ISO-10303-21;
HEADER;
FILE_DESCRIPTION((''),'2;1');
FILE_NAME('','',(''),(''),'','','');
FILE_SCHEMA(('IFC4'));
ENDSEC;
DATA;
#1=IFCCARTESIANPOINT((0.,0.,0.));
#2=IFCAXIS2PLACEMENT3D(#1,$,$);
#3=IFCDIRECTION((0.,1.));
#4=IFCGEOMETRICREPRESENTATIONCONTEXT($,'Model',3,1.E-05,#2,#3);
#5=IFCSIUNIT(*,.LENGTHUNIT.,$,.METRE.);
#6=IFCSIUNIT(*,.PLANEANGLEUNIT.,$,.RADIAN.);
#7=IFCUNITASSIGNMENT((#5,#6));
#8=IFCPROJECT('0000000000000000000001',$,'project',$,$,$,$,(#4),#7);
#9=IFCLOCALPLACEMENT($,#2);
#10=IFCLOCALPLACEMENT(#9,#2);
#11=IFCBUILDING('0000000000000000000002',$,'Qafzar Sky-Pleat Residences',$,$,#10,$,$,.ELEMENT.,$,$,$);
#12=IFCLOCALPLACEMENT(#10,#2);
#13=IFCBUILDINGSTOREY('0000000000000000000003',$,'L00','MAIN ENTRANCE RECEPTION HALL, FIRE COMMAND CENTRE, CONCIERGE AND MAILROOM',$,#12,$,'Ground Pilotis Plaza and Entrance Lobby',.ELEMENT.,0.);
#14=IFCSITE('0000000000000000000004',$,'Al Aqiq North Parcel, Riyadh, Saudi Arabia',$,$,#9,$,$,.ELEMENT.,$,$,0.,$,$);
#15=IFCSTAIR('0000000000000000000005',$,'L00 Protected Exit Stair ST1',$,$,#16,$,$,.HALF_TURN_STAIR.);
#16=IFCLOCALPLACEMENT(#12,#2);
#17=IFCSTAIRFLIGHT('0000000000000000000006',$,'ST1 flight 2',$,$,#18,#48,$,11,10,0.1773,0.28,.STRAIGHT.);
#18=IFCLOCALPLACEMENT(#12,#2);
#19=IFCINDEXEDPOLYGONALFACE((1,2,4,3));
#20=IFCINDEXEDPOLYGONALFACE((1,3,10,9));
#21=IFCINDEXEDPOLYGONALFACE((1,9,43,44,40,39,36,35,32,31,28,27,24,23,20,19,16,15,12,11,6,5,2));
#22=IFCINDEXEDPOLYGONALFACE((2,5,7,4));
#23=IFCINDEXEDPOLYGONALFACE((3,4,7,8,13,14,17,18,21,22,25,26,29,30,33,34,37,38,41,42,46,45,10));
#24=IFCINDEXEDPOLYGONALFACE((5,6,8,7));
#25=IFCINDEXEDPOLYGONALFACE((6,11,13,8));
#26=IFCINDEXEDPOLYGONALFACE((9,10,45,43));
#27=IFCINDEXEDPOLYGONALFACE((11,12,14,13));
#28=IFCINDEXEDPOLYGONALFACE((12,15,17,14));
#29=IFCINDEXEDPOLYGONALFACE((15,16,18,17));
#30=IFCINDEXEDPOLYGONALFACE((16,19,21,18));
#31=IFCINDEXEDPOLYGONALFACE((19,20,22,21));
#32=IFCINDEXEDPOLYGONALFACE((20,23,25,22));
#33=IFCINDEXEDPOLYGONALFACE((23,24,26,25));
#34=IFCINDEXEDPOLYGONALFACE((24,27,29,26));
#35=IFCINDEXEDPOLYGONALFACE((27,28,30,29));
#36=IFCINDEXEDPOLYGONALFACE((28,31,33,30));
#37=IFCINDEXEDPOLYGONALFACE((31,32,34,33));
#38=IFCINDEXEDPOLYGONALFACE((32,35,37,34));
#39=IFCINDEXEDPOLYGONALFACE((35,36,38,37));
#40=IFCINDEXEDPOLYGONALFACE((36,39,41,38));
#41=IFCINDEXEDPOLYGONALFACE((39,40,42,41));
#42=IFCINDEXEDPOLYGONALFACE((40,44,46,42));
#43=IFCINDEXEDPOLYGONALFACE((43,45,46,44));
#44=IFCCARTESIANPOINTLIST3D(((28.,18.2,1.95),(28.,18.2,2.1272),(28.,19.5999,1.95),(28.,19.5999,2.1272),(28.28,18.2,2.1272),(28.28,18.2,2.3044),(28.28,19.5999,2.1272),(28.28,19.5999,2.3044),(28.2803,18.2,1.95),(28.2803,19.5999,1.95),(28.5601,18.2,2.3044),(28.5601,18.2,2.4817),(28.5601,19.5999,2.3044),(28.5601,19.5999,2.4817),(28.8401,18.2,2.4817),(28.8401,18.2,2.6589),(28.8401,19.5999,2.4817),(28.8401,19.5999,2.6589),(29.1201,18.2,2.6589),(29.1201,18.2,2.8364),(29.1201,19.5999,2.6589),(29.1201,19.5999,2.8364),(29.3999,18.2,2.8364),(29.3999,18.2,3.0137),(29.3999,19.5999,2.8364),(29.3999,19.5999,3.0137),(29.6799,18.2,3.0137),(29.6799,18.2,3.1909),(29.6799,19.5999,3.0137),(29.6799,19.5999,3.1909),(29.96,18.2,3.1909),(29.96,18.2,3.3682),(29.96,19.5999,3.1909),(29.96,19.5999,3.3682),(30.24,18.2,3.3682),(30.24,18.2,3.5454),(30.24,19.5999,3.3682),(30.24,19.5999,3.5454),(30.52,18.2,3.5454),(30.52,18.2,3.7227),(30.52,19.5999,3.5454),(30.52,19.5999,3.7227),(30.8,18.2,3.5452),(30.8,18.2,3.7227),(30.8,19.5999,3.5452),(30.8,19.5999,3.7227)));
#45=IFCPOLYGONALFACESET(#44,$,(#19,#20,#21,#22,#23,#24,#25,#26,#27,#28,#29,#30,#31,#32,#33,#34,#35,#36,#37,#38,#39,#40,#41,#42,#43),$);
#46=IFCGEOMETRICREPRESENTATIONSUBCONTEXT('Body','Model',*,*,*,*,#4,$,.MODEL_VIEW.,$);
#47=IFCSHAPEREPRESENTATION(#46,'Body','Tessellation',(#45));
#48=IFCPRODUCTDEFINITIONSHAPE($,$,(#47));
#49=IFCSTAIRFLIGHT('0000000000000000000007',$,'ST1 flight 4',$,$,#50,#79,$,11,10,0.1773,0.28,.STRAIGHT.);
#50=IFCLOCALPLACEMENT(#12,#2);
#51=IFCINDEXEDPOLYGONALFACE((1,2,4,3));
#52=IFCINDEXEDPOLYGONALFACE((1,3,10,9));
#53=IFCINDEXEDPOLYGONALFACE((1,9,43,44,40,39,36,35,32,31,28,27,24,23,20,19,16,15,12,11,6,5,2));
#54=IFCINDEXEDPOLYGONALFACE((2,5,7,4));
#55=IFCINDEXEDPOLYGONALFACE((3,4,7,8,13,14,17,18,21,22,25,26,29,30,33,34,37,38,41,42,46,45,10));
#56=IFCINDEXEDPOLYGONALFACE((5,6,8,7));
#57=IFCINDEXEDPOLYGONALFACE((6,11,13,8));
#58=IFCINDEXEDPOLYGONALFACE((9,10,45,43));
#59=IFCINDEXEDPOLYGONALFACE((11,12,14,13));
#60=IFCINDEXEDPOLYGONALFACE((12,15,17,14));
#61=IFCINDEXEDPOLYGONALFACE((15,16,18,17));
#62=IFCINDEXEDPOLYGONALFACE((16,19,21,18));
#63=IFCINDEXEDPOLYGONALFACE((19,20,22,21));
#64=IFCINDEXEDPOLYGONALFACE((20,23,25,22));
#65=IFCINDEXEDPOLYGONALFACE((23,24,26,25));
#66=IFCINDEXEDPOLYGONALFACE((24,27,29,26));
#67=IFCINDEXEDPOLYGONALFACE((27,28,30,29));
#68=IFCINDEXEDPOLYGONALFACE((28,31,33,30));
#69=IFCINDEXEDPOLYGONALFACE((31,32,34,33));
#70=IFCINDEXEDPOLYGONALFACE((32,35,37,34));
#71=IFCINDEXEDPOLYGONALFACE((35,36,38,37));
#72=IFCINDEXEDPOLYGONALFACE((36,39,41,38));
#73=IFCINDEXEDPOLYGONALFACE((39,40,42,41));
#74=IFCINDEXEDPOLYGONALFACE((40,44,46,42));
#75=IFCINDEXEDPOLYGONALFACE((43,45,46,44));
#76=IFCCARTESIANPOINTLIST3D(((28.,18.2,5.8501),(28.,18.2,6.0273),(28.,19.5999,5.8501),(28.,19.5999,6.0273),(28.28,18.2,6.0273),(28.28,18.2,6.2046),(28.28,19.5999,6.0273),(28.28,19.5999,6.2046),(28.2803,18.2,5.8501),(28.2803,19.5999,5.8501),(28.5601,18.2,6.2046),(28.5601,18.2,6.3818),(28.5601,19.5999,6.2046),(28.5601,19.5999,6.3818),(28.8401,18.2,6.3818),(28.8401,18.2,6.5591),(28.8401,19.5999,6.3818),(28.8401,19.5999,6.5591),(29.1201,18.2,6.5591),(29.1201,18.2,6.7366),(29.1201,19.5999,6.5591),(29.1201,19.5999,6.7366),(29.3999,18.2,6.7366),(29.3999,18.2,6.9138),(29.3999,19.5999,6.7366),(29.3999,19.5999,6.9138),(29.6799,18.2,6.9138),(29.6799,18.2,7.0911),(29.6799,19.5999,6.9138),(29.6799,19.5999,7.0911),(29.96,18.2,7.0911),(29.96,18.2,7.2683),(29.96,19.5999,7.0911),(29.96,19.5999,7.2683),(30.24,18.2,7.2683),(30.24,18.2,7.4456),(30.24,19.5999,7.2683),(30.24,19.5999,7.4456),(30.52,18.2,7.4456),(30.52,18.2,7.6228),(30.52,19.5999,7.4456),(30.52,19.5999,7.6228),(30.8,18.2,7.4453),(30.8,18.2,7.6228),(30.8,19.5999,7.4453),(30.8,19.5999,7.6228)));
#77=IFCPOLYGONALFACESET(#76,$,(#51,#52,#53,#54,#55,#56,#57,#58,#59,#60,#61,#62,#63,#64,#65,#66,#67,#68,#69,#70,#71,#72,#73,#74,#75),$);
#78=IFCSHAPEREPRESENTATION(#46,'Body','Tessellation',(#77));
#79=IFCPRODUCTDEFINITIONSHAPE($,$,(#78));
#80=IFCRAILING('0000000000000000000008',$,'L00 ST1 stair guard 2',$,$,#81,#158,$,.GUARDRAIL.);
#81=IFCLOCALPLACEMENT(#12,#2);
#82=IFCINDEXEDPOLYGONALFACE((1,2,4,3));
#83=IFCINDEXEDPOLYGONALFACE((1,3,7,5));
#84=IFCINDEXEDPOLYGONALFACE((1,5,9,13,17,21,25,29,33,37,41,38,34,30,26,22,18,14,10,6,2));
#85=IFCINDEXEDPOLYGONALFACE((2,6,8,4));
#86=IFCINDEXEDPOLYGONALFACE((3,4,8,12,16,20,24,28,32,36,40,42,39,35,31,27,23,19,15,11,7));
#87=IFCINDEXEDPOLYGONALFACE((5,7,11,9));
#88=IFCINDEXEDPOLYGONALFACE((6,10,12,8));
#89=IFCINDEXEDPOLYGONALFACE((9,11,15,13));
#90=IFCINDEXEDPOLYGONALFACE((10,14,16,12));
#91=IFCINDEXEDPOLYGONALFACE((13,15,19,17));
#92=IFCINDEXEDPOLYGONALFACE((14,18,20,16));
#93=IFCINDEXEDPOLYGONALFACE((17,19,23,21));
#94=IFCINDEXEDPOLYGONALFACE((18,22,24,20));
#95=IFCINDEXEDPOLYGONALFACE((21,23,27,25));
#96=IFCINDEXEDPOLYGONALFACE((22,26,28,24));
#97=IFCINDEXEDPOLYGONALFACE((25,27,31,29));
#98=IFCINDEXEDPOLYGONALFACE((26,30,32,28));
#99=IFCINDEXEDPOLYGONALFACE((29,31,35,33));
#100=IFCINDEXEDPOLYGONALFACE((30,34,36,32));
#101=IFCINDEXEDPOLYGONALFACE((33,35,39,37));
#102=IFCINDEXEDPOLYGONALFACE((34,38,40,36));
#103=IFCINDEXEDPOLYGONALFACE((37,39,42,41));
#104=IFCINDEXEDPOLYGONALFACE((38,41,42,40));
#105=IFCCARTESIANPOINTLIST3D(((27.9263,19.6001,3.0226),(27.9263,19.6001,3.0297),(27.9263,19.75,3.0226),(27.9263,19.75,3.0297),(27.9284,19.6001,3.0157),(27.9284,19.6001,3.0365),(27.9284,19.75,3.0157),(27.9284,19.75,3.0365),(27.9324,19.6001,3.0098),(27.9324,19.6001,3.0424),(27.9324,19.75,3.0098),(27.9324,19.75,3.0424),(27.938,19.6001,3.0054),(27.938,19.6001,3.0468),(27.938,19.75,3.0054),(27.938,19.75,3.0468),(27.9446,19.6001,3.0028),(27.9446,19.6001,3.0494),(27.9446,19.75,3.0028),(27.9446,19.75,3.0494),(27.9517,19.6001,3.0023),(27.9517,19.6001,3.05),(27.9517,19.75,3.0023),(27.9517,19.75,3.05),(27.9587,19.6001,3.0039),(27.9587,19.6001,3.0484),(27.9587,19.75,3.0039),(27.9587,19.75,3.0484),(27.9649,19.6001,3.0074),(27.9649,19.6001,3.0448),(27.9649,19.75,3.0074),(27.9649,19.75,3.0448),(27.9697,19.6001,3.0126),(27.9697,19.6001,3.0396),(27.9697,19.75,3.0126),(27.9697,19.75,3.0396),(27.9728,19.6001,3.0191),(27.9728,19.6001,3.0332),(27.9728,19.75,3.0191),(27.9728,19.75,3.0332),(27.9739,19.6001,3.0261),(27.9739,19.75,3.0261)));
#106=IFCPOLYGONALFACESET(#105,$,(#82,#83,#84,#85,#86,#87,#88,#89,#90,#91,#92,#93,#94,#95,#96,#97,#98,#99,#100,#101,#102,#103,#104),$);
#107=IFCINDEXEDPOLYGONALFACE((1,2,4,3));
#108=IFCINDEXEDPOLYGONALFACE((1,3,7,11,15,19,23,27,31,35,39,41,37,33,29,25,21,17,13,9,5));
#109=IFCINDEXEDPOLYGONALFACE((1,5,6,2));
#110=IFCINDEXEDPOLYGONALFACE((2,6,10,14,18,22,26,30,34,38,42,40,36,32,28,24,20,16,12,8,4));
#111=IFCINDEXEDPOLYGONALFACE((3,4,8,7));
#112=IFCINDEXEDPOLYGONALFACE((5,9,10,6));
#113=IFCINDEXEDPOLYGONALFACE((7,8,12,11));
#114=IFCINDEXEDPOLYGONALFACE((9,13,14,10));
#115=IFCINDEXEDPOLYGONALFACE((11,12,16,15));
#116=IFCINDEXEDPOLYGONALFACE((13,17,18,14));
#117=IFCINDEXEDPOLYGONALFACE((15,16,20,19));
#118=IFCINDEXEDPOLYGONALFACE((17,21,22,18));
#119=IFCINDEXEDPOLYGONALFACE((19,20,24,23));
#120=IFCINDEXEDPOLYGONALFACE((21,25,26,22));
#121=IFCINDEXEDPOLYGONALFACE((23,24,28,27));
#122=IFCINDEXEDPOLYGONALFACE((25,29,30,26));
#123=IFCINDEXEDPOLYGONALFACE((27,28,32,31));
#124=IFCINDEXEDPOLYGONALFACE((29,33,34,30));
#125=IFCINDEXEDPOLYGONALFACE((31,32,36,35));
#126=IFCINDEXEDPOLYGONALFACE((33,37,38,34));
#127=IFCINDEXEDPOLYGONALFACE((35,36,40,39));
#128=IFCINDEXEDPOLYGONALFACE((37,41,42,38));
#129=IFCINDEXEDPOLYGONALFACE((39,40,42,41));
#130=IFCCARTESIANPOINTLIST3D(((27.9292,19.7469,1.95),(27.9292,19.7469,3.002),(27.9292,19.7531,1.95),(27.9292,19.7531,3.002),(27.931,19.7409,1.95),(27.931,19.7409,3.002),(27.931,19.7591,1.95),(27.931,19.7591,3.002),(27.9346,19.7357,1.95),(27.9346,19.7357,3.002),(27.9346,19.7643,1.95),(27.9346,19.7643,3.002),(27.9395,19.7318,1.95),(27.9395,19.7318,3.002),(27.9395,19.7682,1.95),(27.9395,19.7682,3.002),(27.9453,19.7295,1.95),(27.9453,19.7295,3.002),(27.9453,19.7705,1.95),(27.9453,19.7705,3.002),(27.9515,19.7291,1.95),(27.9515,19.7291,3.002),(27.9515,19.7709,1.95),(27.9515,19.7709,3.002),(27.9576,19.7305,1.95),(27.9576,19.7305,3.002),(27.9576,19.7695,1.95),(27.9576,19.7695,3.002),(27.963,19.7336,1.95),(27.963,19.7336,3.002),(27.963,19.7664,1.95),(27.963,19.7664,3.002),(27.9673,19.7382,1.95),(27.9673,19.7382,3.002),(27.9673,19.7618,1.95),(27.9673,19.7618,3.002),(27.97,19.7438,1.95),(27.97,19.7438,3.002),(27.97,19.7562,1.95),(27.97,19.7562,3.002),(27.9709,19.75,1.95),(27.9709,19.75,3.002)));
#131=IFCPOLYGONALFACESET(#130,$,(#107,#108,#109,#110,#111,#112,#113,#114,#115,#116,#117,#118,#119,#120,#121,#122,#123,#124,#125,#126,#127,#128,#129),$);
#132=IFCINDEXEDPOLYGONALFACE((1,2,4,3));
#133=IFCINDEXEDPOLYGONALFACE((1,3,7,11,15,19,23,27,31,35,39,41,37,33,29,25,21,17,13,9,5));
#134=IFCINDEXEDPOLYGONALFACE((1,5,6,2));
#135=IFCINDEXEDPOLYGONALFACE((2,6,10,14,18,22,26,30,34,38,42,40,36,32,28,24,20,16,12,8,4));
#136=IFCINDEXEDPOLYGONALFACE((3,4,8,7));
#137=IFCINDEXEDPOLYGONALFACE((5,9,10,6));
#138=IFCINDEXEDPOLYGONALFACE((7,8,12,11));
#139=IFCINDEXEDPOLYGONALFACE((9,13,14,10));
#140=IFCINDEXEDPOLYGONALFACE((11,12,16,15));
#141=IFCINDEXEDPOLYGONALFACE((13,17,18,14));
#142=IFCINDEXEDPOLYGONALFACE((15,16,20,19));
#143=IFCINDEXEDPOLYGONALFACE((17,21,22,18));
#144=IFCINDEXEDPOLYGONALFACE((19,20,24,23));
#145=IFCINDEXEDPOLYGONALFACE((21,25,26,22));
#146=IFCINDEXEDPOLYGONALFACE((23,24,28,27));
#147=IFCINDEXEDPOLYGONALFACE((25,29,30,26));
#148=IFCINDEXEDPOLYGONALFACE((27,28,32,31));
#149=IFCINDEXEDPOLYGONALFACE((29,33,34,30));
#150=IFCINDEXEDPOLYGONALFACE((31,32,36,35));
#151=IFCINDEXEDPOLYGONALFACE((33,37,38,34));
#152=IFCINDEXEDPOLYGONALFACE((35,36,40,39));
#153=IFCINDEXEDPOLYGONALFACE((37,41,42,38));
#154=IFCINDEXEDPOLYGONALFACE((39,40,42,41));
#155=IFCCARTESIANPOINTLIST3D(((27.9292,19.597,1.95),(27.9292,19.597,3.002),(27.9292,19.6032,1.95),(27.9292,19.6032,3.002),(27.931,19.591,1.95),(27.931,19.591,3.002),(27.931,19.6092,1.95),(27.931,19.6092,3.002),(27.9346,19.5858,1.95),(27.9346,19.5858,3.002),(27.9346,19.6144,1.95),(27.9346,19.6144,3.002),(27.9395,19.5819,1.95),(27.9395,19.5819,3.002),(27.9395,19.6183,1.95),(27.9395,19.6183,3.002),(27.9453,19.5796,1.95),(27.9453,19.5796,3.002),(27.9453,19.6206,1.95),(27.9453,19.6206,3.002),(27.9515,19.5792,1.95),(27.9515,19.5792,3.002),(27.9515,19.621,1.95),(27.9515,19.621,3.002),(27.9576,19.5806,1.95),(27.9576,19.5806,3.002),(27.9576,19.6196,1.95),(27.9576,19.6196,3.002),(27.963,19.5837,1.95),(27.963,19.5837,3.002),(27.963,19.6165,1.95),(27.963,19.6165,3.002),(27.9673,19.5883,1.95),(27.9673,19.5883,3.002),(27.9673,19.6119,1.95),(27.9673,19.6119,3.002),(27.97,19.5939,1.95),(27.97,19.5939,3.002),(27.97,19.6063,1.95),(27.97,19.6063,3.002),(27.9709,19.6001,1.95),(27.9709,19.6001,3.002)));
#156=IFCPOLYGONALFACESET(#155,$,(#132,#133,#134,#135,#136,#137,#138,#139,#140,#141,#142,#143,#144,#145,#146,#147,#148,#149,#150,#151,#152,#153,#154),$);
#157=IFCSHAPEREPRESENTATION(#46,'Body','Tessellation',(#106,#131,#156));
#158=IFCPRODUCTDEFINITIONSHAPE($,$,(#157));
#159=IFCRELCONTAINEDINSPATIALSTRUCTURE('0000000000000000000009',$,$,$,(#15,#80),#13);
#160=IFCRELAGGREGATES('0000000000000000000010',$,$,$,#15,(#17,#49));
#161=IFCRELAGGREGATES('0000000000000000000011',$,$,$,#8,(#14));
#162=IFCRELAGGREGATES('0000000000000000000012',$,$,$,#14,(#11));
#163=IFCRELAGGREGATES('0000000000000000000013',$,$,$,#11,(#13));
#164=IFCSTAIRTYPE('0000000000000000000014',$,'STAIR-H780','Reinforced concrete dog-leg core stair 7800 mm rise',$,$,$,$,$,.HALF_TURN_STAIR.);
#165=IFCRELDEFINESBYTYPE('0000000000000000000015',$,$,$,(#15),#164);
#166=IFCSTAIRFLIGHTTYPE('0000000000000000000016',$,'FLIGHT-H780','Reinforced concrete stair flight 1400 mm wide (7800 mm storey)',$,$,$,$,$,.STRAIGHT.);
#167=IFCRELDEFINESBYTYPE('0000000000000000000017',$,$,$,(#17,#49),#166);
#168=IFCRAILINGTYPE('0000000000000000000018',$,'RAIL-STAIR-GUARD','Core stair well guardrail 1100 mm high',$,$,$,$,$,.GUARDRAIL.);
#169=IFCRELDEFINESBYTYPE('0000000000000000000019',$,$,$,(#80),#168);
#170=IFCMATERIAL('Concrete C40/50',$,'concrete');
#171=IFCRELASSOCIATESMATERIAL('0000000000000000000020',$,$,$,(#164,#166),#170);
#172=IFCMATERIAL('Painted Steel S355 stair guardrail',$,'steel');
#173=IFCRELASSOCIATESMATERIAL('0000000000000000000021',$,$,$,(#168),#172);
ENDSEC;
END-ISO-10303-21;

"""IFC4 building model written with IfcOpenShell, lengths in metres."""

from ifc_helpers import new_model, si_unit, direction, frame, origin, origin_2d, place, context, subcontext, project, spatial, polyline, circle, outline, extrude, source, transform, mapped, material, type_object, element, aggregate, save


model = new_model("IFC4")

# Units and contexts
model_context = context("Model", 3, precision=1e-05, world=origin(), true_north=direction((0.0, 1.0)))
body_context = subcontext(model_context, "Body", "Model", "MODEL_VIEW")
ifc_project = project(units=[si_unit("LENGTHUNIT", "METRE"), si_unit("PLANEANGLEUNIT", "RADIAN")], contexts=[model_context])

# Site, building, storey
site_placement = place(None, origin())
site = spatial("IfcSite", under=ifc_project, at=site_placement, Name="Al Aqiq North Parcel, Riyadh, Saudi Arabia", CompositionType="ELEMENT", RefElevation=0.0)
building_placement = place(site_placement, origin())
building = spatial("IfcBuilding", under=site, at=building_placement, Name="Qafzar Sky-Pleat Residences", CompositionType="ELEMENT")
storey_placement = place(building_placement, origin())
storey = spatial("IfcBuildingStorey", under=building, at=storey_placement, Name="L00", Description="MAIN ENTRANCE RECEPTION HALL, FIRE COMMAND CENTRE, CONCIERGE AND MAILROOM", LongName="Ground Pilotis Plaza and Entrance Lobby", CompositionType="ELEMENT", Elevation=0.0)

# Stair, stair flights
ifc_material_1 = material(Name="Concrete C40/50", Category="concrete")
stair_type = type_object("IfcStairType", Name="STAIR-H780", Description="Reinforced concrete dog-leg core stair 7800 mm rise", PredefinedType="HALF_TURN_STAIR", material=ifc_material_1)
stair_placement = place(storey_placement, origin())
stair = element("IfcStair", 1, at=stair_placement, inside=storey, type_object=stair_type, Name="L00 Protected Exit Stair ST1", PredefinedType="HALF_TURN_STAIR")
stair_flight_type = type_object("IfcStairFlightType", Name="FLIGHT-H780", Description="Reinforced concrete stair flight 1400 mm wide (7800 mm storey)", PredefinedType="STRAIGHT", material=ifc_material_1)
shared_shape_1 = source(origin(), body_context, "Body", "SweptSolid", [
    extrude(outline(polyline([(0.0, 0.0), (0.0, 0.1772), (0.28, 0.1772), (0.28, 0.3545), (0.5601, 0.3545), (0.5601, 0.5317), (0.8401, 0.5317), (0.8401, 0.709), (1.1201, 0.709), (1.1201, 0.8865), (1.3999, 0.8865), (1.3999, 1.0637), (1.6799, 1.0637), (1.6799, 1.241), (1.96, 1.241), (1.96, 1.4182), (2.24, 1.4182), (2.24, 1.5955), (2.52, 1.5955), (2.52, 1.7727), (2.8, 1.7727), (2.8, 1.95), (2.8, 1.5952), (0.2803, 0.0), (0.0, 0.0)])), frame((0.0, 0.7, 0.0), z_axis=(0.0, -1.0, 0.0), x_axis=(1.0, 0.0, 0.0)), (0.0, 0.0, 1.0), 1.3999),
])
stair_flight_1_placement = place(storey_placement, frame((28.0, 18.8999, 1.95), z_axis=(0.0, 0.0, 1.0), x_axis=(1.0, 0.0, 0.0)))
stair_flight_1 = element("IfcStairFlight", 2, at=stair_flight_1_placement, type_object=stair_flight_type, Name="ST1 flight 2", NumberOfRisers=11, NumberOfTreads=10, PredefinedType="STRAIGHT", RiserHeight=0.1773, TreadLength=0.28, context=body_context, shape_type="MappedRepresentation", body=[
    mapped(shared_shape_1, transform((0.0, 0.0, 0.0), x_axis=(1.0, 0.0, 0.0), y_axis=(0.0, 1.0, 0.0), z_axis=(0.0, 0.0, 1.0), scale=1.0)),
])
stair_flight_2_placement = place(storey_placement, frame((28.0, 18.8999, 5.8501), z_axis=(0.0, 0.0, 1.0), x_axis=(1.0, 0.0, 0.0)))
stair_flight_2 = element("IfcStairFlight", 3, at=stair_flight_2_placement, type_object=stair_flight_type, Name="ST1 flight 4", NumberOfRisers=11, NumberOfTreads=10, PredefinedType="STRAIGHT", RiserHeight=0.1773, TreadLength=0.28, context=body_context, shape_type="MappedRepresentation", body=[
    mapped(shared_shape_1, transform((0.0, 0.0, 0.0), x_axis=(1.0, 0.0, 0.0), y_axis=(0.0, 1.0, 0.0), z_axis=(0.0, 0.0, 1.0), scale=1.0)),
])
aggregate(stair, [stair_flight_1, stair_flight_2])

# Railing
ifc_material_2 = material(Name="Painted Steel S355 stair guardrail", Category="steel")
railing_type_1 = type_object("IfcRailingType", Name="RAIL-STAIR-GUARD", Description="Core stair well guardrail 1100 mm high", PredefinedType="GUARDRAIL", material=ifc_material_2)
shared_shape_2 = source(origin(), body_context, "Body", "SweptSolid", [
    extrude(circle(Radius=0.0239, at=origin_2d()), frame((0.0, 0.0, 1.0762), z_axis=(0.0, -1.0, 0.0), x_axis=(1.0, 0.0, 0.0)), (0.0, 0.0, 1.0), 0.1499),
    extrude(circle(Radius=0.021, at=origin_2d()), origin(), (0.0, 0.0, 1.0), 1.052),
    extrude(circle(Radius=0.021, at=origin_2d()), frame((0.0, -0.1499, 0.0)), (0.0, 0.0, 1.0), 1.052),
])
for number, where, name in (
    (4, (27.95, 19.75, 1.95), "L00 ST1 stair guard 2"),
):
    element("IfcRailing", number, at=place(storey_placement, frame(where)), inside=storey, type_object=railing_type_1, Name=name, PredefinedType="GUARDRAIL", context=body_context, shape_type="MappedRepresentation", body=[
        mapped(shared_shape_2, transform((0.0, 0.0, 0.0), x_axis=(1.0, 0.0, 0.0), y_axis=(0.0, 1.0, 0.0), z_axis=(0.0, 0.0, 1.0), scale=1.0)),
    ])

save(model, "model.ifc")
